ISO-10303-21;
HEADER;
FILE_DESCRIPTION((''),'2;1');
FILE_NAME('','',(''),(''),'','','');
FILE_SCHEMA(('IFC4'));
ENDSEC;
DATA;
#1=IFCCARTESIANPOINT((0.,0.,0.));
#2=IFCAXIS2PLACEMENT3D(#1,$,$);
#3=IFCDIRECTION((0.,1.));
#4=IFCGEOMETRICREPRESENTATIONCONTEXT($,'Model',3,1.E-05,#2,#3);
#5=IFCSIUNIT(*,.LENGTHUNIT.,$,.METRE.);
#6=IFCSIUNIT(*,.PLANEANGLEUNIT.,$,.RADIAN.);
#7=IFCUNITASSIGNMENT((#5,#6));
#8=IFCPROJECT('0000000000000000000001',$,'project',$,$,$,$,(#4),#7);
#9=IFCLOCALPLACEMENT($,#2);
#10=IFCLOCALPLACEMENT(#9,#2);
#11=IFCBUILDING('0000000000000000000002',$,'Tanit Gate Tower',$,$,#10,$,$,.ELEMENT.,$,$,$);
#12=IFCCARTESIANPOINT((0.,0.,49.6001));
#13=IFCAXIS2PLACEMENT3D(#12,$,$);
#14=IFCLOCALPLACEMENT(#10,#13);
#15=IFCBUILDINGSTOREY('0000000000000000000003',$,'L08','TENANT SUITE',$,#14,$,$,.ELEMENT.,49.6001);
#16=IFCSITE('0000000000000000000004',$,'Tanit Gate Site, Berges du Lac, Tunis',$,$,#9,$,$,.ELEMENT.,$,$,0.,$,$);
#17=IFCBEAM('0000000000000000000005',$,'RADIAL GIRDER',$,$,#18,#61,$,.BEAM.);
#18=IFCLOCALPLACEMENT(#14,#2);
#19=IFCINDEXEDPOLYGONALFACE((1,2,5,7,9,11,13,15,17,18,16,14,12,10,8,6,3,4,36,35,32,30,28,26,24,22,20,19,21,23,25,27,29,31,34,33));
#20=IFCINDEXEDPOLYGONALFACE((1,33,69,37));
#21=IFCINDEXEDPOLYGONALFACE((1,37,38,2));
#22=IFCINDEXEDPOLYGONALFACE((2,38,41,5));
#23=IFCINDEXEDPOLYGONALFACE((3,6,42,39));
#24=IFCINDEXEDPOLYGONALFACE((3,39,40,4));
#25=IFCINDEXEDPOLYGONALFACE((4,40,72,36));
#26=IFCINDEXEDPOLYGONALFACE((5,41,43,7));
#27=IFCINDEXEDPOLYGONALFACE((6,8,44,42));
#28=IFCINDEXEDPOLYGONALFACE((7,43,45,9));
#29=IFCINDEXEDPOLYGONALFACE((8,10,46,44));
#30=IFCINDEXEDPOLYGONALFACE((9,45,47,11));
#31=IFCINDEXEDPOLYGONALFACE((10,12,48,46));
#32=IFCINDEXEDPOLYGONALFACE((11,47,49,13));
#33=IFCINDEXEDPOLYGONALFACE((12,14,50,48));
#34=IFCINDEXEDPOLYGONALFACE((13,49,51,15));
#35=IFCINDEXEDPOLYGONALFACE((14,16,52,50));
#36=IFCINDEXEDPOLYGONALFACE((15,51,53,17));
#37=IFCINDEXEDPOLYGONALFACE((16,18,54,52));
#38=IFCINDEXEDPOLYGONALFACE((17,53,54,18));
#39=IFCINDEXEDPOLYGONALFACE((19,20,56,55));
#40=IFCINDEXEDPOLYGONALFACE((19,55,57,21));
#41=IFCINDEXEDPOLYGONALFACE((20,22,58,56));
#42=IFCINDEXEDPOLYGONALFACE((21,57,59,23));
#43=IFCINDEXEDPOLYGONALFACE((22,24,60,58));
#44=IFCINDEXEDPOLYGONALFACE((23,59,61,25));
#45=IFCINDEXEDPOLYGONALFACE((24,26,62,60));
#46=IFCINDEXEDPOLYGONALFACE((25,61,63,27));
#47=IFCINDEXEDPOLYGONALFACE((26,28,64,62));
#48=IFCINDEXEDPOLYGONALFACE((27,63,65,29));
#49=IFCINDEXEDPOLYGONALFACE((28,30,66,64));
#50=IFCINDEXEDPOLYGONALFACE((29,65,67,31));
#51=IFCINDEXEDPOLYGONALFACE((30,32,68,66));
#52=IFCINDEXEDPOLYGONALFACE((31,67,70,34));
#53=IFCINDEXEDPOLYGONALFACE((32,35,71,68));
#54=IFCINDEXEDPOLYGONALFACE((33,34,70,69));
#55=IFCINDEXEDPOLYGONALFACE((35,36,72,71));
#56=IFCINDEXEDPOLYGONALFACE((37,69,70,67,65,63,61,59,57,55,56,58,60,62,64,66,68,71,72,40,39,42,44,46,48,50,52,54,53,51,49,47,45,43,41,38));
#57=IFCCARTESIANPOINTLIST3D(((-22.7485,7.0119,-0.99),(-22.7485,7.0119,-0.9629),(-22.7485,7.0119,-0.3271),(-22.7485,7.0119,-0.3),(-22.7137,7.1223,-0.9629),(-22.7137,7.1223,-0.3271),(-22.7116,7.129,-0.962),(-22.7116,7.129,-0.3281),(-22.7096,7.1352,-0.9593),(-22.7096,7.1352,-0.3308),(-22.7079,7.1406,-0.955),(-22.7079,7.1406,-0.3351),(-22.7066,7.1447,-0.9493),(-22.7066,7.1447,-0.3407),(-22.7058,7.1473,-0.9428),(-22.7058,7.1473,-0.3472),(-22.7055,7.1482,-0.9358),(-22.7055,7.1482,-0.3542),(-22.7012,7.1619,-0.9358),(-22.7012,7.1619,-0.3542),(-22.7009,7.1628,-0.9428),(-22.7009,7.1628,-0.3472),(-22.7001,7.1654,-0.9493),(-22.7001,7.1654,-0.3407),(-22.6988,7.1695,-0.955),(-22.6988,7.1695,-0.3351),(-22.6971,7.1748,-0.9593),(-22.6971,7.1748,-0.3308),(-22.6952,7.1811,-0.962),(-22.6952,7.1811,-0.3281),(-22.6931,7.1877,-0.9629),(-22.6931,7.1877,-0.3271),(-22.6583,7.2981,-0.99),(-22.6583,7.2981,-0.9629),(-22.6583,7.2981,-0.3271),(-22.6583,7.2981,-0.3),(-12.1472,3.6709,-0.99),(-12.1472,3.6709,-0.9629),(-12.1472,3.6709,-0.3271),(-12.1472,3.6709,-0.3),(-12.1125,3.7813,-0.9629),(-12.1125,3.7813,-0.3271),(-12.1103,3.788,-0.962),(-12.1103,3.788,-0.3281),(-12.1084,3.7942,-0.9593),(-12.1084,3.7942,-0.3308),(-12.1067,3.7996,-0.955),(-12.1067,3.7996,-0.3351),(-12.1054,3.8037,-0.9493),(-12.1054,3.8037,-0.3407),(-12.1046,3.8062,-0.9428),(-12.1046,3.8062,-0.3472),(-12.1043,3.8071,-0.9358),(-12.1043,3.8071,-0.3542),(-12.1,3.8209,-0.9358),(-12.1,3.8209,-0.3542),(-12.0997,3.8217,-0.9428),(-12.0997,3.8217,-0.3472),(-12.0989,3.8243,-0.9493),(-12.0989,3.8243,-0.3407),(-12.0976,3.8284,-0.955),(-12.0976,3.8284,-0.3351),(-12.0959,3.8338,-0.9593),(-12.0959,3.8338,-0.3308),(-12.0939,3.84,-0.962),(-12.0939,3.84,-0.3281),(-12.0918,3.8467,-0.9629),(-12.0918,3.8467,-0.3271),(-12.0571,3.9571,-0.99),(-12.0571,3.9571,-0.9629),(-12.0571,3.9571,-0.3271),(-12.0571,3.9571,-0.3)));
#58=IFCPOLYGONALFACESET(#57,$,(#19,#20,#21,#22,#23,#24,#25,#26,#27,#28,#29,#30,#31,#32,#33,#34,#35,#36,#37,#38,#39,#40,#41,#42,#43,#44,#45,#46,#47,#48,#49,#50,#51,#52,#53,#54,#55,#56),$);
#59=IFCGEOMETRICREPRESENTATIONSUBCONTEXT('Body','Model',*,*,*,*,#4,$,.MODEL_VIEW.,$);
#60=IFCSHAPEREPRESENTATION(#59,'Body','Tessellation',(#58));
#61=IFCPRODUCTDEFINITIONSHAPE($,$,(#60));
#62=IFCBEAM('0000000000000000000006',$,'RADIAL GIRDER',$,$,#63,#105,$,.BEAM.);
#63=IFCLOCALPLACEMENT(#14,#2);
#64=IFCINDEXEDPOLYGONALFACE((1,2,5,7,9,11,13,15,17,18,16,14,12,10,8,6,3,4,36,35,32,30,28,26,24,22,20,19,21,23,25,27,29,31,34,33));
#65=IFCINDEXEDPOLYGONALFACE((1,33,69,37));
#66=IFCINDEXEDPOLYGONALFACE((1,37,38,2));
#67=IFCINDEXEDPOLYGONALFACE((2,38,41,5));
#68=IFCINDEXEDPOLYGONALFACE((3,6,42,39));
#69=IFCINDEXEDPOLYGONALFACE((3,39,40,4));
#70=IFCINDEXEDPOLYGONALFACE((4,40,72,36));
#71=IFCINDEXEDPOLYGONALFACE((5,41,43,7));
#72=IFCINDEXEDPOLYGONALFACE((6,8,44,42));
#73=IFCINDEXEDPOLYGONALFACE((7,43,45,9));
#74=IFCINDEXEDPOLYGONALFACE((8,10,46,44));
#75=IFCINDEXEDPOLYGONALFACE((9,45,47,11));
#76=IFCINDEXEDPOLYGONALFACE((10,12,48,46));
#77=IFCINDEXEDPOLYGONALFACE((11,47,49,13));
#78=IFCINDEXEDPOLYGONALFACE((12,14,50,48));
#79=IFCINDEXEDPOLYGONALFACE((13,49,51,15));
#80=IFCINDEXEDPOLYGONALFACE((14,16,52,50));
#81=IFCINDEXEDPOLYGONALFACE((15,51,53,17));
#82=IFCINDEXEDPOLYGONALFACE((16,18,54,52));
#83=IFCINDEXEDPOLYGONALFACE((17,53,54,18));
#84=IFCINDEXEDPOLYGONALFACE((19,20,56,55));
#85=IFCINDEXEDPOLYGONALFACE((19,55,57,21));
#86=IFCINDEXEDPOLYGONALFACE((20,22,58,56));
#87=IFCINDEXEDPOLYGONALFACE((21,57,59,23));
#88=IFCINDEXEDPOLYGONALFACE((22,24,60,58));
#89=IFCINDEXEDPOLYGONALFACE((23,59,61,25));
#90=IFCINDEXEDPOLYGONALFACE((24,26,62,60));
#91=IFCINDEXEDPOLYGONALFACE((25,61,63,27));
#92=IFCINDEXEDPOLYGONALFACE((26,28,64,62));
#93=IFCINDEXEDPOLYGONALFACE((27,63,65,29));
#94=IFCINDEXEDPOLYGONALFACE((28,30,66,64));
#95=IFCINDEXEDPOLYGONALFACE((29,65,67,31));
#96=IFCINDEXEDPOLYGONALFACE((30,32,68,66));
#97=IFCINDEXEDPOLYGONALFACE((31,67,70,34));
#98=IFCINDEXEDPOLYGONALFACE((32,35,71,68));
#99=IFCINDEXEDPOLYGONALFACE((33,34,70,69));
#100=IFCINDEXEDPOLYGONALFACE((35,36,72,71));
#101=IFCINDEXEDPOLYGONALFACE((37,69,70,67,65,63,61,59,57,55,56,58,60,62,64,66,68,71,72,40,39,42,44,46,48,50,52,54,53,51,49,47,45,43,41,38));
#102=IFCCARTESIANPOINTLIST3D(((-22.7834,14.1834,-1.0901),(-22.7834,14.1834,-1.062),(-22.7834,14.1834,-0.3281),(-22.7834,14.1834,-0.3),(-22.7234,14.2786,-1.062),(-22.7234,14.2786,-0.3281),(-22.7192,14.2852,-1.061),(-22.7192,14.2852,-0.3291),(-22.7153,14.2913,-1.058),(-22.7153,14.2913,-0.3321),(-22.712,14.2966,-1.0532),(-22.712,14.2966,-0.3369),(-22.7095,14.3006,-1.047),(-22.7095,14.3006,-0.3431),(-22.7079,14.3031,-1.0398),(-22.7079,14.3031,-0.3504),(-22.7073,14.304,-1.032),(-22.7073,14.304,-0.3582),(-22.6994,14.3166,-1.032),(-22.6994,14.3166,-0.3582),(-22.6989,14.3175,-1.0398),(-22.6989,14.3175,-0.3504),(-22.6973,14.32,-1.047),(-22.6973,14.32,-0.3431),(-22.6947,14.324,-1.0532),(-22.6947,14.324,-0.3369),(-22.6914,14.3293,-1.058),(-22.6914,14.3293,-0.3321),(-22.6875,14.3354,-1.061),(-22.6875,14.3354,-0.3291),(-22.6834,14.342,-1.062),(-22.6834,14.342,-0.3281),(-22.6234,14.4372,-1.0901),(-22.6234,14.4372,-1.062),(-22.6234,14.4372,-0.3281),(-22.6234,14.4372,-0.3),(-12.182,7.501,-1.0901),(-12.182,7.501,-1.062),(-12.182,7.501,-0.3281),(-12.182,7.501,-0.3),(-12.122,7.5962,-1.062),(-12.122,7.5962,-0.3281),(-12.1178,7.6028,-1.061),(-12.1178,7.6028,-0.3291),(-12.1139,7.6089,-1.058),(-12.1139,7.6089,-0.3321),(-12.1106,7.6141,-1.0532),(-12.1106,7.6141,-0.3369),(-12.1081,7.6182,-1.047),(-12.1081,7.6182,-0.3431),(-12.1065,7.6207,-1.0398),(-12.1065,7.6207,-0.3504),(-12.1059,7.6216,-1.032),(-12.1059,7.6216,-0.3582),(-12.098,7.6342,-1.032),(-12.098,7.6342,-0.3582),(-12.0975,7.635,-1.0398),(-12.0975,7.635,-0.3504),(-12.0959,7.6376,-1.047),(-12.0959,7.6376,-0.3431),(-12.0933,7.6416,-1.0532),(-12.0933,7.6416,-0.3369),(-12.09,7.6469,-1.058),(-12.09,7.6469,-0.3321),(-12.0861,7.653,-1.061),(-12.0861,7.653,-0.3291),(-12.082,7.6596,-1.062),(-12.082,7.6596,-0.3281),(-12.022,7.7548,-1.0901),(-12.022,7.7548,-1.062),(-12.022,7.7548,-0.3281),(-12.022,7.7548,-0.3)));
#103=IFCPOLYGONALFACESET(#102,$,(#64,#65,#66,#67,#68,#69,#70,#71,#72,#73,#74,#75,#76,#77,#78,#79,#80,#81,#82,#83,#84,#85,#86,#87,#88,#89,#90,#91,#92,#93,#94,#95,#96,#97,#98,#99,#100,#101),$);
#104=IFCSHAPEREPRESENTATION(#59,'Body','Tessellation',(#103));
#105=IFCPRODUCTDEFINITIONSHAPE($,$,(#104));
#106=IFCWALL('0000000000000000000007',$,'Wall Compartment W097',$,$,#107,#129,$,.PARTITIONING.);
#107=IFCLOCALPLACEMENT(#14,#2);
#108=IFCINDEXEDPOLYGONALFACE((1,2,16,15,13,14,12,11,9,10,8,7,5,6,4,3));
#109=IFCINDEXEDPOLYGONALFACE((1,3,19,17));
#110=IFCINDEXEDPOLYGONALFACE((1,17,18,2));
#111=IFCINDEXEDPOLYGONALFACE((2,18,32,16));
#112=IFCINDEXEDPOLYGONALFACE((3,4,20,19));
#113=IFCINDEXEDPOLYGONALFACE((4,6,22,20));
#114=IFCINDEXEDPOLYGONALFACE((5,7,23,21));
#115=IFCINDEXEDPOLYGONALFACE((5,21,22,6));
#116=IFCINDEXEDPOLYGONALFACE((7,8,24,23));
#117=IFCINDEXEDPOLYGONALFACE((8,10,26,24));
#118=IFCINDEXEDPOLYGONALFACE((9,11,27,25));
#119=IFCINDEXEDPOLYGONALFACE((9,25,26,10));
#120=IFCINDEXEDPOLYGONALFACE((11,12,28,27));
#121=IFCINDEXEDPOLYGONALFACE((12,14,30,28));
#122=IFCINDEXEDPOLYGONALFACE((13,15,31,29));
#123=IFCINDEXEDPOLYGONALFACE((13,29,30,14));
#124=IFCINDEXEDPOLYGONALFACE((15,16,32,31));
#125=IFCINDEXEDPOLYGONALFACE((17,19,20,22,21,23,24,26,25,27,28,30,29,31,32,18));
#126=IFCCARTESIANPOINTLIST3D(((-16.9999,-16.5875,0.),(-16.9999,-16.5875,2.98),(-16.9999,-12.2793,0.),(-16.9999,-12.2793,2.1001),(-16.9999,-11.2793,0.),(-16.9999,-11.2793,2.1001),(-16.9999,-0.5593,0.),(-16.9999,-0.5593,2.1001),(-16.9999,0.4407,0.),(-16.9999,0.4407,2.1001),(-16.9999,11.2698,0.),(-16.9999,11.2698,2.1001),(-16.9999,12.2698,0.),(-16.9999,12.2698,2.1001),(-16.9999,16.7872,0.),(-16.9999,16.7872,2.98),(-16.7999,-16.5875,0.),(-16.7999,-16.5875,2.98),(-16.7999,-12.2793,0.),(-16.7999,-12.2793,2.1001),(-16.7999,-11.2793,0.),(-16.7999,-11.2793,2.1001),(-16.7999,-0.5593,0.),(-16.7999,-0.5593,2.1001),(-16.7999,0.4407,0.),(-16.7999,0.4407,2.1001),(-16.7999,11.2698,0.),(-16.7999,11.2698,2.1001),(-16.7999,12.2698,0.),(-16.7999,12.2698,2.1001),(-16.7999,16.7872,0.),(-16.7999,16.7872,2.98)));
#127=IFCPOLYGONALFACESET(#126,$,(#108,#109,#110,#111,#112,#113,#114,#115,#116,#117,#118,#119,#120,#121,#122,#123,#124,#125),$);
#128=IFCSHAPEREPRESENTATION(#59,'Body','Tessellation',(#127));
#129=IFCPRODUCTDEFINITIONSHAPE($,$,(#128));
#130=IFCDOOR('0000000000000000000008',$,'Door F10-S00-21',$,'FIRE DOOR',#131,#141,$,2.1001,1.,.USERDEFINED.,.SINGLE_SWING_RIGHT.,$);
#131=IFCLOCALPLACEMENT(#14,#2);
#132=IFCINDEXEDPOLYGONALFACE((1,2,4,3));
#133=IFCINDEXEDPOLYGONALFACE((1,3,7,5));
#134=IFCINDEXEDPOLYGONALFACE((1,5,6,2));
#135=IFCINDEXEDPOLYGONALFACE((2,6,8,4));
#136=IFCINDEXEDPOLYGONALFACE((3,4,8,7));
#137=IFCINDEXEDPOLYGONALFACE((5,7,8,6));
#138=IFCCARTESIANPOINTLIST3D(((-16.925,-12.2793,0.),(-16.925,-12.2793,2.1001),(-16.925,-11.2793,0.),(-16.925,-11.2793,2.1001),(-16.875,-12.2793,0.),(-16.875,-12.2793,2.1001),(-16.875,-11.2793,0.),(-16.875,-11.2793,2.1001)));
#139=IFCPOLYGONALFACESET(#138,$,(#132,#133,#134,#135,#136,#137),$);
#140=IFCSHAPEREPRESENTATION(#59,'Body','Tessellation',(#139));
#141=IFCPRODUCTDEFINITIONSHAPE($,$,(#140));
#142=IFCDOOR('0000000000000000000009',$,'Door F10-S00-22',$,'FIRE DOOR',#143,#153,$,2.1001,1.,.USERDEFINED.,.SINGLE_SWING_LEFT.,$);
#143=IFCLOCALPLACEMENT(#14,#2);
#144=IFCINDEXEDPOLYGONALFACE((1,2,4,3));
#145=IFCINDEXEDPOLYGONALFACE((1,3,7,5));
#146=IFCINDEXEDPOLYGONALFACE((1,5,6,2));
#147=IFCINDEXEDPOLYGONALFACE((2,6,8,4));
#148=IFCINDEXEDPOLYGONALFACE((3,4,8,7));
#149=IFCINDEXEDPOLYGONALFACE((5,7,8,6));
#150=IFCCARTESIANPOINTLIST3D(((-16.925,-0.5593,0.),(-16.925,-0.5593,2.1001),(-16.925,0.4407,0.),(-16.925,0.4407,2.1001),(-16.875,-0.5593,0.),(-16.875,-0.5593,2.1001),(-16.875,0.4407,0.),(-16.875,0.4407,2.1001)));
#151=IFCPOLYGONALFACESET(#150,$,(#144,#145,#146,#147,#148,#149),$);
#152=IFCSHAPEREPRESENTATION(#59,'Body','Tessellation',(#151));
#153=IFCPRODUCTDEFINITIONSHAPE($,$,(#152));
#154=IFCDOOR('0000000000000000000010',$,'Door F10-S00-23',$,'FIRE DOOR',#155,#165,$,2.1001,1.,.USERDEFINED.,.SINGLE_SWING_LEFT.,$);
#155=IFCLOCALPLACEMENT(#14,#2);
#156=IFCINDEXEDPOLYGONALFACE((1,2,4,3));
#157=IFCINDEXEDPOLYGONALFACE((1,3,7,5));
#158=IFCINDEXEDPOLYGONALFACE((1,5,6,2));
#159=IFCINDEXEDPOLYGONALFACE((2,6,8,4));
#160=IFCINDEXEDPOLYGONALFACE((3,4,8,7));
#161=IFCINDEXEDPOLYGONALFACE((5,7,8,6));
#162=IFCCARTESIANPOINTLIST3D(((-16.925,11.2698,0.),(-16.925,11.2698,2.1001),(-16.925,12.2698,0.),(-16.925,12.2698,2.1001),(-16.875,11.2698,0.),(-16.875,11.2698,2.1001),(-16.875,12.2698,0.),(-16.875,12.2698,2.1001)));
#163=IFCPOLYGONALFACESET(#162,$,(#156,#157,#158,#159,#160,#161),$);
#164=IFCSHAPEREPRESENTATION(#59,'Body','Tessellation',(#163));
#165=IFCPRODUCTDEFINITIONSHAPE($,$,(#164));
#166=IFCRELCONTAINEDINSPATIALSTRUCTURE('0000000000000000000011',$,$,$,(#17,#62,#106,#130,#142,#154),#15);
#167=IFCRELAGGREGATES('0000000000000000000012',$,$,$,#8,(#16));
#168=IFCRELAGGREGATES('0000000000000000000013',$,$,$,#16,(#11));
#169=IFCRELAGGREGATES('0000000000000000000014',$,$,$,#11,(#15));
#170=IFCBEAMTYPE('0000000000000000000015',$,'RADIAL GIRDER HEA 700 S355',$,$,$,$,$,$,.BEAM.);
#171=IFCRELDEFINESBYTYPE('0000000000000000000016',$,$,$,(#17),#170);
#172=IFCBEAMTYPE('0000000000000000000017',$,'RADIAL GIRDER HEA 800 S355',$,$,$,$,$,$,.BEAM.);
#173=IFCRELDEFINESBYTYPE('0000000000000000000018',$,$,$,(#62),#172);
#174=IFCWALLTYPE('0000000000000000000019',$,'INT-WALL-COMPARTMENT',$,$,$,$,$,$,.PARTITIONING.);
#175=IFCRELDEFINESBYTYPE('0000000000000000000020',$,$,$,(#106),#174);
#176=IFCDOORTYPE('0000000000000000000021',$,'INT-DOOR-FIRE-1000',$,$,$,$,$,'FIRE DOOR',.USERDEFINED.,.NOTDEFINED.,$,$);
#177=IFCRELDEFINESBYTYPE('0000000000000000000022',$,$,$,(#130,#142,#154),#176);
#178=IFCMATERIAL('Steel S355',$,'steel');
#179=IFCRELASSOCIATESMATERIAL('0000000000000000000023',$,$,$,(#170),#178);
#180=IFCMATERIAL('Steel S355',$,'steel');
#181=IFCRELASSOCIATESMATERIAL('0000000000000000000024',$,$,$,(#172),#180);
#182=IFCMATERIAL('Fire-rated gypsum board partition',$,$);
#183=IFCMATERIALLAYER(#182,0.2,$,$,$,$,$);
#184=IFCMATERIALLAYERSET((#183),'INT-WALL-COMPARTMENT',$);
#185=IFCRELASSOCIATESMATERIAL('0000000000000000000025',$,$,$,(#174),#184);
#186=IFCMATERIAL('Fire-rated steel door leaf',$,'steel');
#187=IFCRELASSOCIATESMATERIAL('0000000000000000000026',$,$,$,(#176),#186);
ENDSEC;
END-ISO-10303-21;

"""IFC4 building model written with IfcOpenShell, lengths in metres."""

from ifc_helpers import new_model, si_unit, direction, frame, frame_2d, origin, origin_2d, place, context, subcontext, project, spatial, rectangle, i_section, extrude, material, layer, layer_set, material_profile, profile_set, type_object, element, fill, save


model = new_model("IFC4")

# Units and contexts
model_context = context("Model", 3, precision=1e-05, world=origin(), true_north=direction((0.0, 1.0)))
body_context = subcontext(model_context, "Body", "Model", "MODEL_VIEW")
ifc_project = project(units=[si_unit("LENGTHUNIT", "METRE"), si_unit("PLANEANGLEUNIT", "RADIAN")], contexts=[model_context])

# Site, building, storey
site_placement = place(None, origin())
site = spatial("IfcSite", under=ifc_project, at=site_placement, Name="Tanit Gate Site, Berges du Lac, Tunis", CompositionType="ELEMENT", RefElevation=0.0)
building_placement = place(site_placement, origin())
building = spatial("IfcBuilding", under=site, at=building_placement, Name="Tanit Gate Tower", CompositionType="ELEMENT")
storey_placement = place(building_placement, frame((0.0, 0.0, 49.6001)))
storey = spatial("IfcBuildingStorey", under=building, at=storey_placement, Name="L08", Description="TENANT SUITE", CompositionType="ELEMENT", Elevation=49.6001)

# Beams
ifc_material_1 = material(Name="Steel S355", Category="steel")
ifc_material_profile_1 = material_profile(ifc_material_1, i_section(OverallWidth=0.3, OverallDepth=0.6899, WebThickness=0.0144, FlangeThickness=0.0271, FilletRadius=0.0271, at=origin_2d()), Name="HEA 700")
ifc_profile_set_1 = profile_set([ifc_material_profile_1], Name="Steel S355")
beam_type_1 = type_object("IfcBeamType", Name="RADIAL GIRDER HEA 700 S355", PredefinedType="BEAM", material=ifc_profile_set_1)
beam_1_placement = place(storey_placement, frame((-22.7034, 7.155, -0.645), z_axis=(0.953756, -0.300582, 0.0), x_axis=(0.300582, 0.953756, 0.0)))
element("IfcBeam", 1, at=beam_1_placement, inside=storey, type_object=beam_type_1, Name="RADIAL GIRDER", PredefinedType="BEAM", context=body_context, shape_type="SweptSolid", body=[
    extrude(i_section(OverallWidth=0.3, OverallDepth=0.6899, WebThickness=0.0144, FlangeThickness=0.0271, FilletRadius=0.0271, at=origin_2d()), origin(), (0.0, 0.0, 1.0), 11.1152),
])
ifc_material_2 = material(Name="Steel S355", Category="steel")
ifc_material_profile_2 = material_profile(ifc_material_2, i_section(OverallWidth=0.3, OverallDepth=0.79, WebThickness=0.0149, FlangeThickness=0.0281, FilletRadius=0.03, at=origin_2d()), Name="HEA 800")
ifc_profile_set_2 = profile_set([ifc_material_profile_2], Name="Steel S355")
beam_type_2 = type_object("IfcBeamType", Name="RADIAL GIRDER HEA 800 S355", PredefinedType="BEAM", material=ifc_profile_set_2)
beam_2_placement = place(storey_placement, frame((-22.7034, 14.3103, -0.6951), z_axis=(0.845964, -0.53324, 0.0), x_axis=(0.53324, 0.845964, 0.0)))
element("IfcBeam", 2, at=beam_2_placement, inside=storey, type_object=beam_type_2, Name="RADIAL GIRDER", PredefinedType="BEAM", context=body_context, shape_type="SweptSolid", body=[
    extrude(i_section(OverallWidth=0.3, OverallDepth=0.79, WebThickness=0.0149, FlangeThickness=0.0281, FilletRadius=0.03, at=origin_2d()), origin(), (0.0, 0.0, 1.0), 12.5317),
])

# Wall, openings, doors
ifc_material_3 = material(Name="Fire-rated gypsum board partition")
ifc_layer_1 = layer(ifc_material_3, 0.2)
ifc_layer_set_1 = layer_set([ifc_layer_1], Name="INT-WALL-COMPARTMENT")
wall_type_1 = type_object("IfcWallType", Name="INT-WALL-COMPARTMENT", PredefinedType="PARTITIONING", material=ifc_layer_set_1)
wall_1_placement = place(storey_placement, frame((-16.8999, 16.7874, 0.0), z_axis=(0.0, 0.0, 1.0), x_axis=(0.0, -1.0, 0.0)))
wall_1 = element("IfcWall", 3, at=wall_1_placement, inside=storey, type_object=wall_type_1, Name="Wall Compartment W097", PredefinedType="PARTITIONING", context=body_context, shape_type="SweptSolid", body=[
    extrude(rectangle(XDim=33.3748, YDim=0.2, at=frame_2d((16.6875, 0.0))), origin(), (0.0, 0.0, 1.0), 2.98),
])
opening_1_placement = place(wall_1_placement, frame((28.0667, 0.0, 0.0)))
opening_1 = element("IfcOpeningElement", 4, at=opening_1_placement, cuts=wall_1, PredefinedType="OPENING", context=body_context, shape_type="SweptSolid", body=[
    extrude(rectangle(XDim=1.0, YDim=2.1001, at=frame_2d((0.5, 1.05))), frame((0.0, 0.1099, 0.0), z_axis=(0.0, -1.0, 0.0), x_axis=(1.0, 0.0, 0.0)), (0.0, 0.0, 1.0), 0.22),
])
opening_2_placement = place(wall_1_placement, frame((16.3467, 0.0, 0.0)))
opening_2 = element("IfcOpeningElement", 5, at=opening_2_placement, cuts=wall_1, PredefinedType="OPENING", context=body_context, shape_type="SweptSolid", body=[
    extrude(rectangle(XDim=1.0, YDim=2.1001, at=frame_2d((0.5, 1.05))), frame((0.0, 0.1099, 0.0), z_axis=(0.0, -1.0, 0.0), x_axis=(1.0, 0.0, 0.0)), (0.0, 0.0, 1.0), 0.22),
])
opening_3_placement = place(wall_1_placement, frame((4.5176, 0.0, 0.0)))
opening_3 = element("IfcOpeningElement", 6, at=opening_3_placement, cuts=wall_1, PredefinedType="OPENING", context=body_context, shape_type="SweptSolid", body=[
    extrude(rectangle(XDim=1.0, YDim=2.1001, at=frame_2d((0.5, 1.05))), frame((0.0, 0.1099, 0.0), z_axis=(0.0, -1.0, 0.0), x_axis=(1.0, 0.0, 0.0)), (0.0, 0.0, 1.0), 0.22),
])
ifc_material_4 = material(Name="Fire-rated steel door leaf", Category="steel")
door_type_1 = type_object("IfcDoorType", Name="INT-DOOR-FIRE-1000", ElementType="FIRE DOOR", OperationType="NOTDEFINED", PredefinedType="USERDEFINED", material=ifc_material_4)
door_1_placement = place(opening_1_placement, origin())
door_1 = element("IfcDoor", 7, at=door_1_placement, inside=storey, type_object=door_type_1, Name="Door F10-S00-21", ObjectType="FIRE DOOR", OperationType="SINGLE_SWING_RIGHT", OverallHeight=2.1001, OverallWidth=1.0, PredefinedType="USERDEFINED", context=body_context, shape_type="SweptSolid", body=[
    extrude(rectangle(XDim=1.0, YDim=2.1001, at=frame_2d((0.5, 1.05))), frame((0.0, 0.0249, 0.0), z_axis=(0.0, -1.0, 0.0), x_axis=(1.0, 0.0, 0.0)), (0.0, 0.0, 1.0), 0.05),
])
fill(opening_1, door_1)
door_2_placement = place(opening_2_placement, origin())
door_2 = element("IfcDoor", 8, at=door_2_placement, inside=storey, type_object=door_type_1, Name="Door F10-S00-22", ObjectType="FIRE DOOR", OperationType="SINGLE_SWING_LEFT", OverallHeight=2.1001, OverallWidth=1.0, PredefinedType="USERDEFINED", context=body_context, shape_type="SweptSolid", body=[
    extrude(rectangle(XDim=1.0, YDim=2.1001, at=frame_2d((0.5, 1.05))), frame((0.0, 0.0249, 0.0), z_axis=(0.0, -1.0, 0.0), x_axis=(1.0, 0.0, 0.0)), (0.0, 0.0, 1.0), 0.05),
])
fill(opening_2, door_2)
door_3_placement = place(opening_3_placement, origin())
door_3 = element("IfcDoor", 9, at=door_3_placement, inside=storey, type_object=door_type_1, Name="Door F10-S00-23", ObjectType="FIRE DOOR", OperationType="SINGLE_SWING_LEFT", OverallHeight=2.1001, OverallWidth=1.0, PredefinedType="USERDEFINED", context=body_context, shape_type="SweptSolid", body=[
    extrude(rectangle(XDim=1.0, YDim=2.1001, at=frame_2d((0.5, 1.05))), frame((0.0, 0.0249, 0.0), z_axis=(0.0, -1.0, 0.0), x_axis=(1.0, 0.0, 0.0)), (0.0, 0.0, 1.0), 0.05),
])
fill(opening_3, door_3)

save(model, "model.ifc")
